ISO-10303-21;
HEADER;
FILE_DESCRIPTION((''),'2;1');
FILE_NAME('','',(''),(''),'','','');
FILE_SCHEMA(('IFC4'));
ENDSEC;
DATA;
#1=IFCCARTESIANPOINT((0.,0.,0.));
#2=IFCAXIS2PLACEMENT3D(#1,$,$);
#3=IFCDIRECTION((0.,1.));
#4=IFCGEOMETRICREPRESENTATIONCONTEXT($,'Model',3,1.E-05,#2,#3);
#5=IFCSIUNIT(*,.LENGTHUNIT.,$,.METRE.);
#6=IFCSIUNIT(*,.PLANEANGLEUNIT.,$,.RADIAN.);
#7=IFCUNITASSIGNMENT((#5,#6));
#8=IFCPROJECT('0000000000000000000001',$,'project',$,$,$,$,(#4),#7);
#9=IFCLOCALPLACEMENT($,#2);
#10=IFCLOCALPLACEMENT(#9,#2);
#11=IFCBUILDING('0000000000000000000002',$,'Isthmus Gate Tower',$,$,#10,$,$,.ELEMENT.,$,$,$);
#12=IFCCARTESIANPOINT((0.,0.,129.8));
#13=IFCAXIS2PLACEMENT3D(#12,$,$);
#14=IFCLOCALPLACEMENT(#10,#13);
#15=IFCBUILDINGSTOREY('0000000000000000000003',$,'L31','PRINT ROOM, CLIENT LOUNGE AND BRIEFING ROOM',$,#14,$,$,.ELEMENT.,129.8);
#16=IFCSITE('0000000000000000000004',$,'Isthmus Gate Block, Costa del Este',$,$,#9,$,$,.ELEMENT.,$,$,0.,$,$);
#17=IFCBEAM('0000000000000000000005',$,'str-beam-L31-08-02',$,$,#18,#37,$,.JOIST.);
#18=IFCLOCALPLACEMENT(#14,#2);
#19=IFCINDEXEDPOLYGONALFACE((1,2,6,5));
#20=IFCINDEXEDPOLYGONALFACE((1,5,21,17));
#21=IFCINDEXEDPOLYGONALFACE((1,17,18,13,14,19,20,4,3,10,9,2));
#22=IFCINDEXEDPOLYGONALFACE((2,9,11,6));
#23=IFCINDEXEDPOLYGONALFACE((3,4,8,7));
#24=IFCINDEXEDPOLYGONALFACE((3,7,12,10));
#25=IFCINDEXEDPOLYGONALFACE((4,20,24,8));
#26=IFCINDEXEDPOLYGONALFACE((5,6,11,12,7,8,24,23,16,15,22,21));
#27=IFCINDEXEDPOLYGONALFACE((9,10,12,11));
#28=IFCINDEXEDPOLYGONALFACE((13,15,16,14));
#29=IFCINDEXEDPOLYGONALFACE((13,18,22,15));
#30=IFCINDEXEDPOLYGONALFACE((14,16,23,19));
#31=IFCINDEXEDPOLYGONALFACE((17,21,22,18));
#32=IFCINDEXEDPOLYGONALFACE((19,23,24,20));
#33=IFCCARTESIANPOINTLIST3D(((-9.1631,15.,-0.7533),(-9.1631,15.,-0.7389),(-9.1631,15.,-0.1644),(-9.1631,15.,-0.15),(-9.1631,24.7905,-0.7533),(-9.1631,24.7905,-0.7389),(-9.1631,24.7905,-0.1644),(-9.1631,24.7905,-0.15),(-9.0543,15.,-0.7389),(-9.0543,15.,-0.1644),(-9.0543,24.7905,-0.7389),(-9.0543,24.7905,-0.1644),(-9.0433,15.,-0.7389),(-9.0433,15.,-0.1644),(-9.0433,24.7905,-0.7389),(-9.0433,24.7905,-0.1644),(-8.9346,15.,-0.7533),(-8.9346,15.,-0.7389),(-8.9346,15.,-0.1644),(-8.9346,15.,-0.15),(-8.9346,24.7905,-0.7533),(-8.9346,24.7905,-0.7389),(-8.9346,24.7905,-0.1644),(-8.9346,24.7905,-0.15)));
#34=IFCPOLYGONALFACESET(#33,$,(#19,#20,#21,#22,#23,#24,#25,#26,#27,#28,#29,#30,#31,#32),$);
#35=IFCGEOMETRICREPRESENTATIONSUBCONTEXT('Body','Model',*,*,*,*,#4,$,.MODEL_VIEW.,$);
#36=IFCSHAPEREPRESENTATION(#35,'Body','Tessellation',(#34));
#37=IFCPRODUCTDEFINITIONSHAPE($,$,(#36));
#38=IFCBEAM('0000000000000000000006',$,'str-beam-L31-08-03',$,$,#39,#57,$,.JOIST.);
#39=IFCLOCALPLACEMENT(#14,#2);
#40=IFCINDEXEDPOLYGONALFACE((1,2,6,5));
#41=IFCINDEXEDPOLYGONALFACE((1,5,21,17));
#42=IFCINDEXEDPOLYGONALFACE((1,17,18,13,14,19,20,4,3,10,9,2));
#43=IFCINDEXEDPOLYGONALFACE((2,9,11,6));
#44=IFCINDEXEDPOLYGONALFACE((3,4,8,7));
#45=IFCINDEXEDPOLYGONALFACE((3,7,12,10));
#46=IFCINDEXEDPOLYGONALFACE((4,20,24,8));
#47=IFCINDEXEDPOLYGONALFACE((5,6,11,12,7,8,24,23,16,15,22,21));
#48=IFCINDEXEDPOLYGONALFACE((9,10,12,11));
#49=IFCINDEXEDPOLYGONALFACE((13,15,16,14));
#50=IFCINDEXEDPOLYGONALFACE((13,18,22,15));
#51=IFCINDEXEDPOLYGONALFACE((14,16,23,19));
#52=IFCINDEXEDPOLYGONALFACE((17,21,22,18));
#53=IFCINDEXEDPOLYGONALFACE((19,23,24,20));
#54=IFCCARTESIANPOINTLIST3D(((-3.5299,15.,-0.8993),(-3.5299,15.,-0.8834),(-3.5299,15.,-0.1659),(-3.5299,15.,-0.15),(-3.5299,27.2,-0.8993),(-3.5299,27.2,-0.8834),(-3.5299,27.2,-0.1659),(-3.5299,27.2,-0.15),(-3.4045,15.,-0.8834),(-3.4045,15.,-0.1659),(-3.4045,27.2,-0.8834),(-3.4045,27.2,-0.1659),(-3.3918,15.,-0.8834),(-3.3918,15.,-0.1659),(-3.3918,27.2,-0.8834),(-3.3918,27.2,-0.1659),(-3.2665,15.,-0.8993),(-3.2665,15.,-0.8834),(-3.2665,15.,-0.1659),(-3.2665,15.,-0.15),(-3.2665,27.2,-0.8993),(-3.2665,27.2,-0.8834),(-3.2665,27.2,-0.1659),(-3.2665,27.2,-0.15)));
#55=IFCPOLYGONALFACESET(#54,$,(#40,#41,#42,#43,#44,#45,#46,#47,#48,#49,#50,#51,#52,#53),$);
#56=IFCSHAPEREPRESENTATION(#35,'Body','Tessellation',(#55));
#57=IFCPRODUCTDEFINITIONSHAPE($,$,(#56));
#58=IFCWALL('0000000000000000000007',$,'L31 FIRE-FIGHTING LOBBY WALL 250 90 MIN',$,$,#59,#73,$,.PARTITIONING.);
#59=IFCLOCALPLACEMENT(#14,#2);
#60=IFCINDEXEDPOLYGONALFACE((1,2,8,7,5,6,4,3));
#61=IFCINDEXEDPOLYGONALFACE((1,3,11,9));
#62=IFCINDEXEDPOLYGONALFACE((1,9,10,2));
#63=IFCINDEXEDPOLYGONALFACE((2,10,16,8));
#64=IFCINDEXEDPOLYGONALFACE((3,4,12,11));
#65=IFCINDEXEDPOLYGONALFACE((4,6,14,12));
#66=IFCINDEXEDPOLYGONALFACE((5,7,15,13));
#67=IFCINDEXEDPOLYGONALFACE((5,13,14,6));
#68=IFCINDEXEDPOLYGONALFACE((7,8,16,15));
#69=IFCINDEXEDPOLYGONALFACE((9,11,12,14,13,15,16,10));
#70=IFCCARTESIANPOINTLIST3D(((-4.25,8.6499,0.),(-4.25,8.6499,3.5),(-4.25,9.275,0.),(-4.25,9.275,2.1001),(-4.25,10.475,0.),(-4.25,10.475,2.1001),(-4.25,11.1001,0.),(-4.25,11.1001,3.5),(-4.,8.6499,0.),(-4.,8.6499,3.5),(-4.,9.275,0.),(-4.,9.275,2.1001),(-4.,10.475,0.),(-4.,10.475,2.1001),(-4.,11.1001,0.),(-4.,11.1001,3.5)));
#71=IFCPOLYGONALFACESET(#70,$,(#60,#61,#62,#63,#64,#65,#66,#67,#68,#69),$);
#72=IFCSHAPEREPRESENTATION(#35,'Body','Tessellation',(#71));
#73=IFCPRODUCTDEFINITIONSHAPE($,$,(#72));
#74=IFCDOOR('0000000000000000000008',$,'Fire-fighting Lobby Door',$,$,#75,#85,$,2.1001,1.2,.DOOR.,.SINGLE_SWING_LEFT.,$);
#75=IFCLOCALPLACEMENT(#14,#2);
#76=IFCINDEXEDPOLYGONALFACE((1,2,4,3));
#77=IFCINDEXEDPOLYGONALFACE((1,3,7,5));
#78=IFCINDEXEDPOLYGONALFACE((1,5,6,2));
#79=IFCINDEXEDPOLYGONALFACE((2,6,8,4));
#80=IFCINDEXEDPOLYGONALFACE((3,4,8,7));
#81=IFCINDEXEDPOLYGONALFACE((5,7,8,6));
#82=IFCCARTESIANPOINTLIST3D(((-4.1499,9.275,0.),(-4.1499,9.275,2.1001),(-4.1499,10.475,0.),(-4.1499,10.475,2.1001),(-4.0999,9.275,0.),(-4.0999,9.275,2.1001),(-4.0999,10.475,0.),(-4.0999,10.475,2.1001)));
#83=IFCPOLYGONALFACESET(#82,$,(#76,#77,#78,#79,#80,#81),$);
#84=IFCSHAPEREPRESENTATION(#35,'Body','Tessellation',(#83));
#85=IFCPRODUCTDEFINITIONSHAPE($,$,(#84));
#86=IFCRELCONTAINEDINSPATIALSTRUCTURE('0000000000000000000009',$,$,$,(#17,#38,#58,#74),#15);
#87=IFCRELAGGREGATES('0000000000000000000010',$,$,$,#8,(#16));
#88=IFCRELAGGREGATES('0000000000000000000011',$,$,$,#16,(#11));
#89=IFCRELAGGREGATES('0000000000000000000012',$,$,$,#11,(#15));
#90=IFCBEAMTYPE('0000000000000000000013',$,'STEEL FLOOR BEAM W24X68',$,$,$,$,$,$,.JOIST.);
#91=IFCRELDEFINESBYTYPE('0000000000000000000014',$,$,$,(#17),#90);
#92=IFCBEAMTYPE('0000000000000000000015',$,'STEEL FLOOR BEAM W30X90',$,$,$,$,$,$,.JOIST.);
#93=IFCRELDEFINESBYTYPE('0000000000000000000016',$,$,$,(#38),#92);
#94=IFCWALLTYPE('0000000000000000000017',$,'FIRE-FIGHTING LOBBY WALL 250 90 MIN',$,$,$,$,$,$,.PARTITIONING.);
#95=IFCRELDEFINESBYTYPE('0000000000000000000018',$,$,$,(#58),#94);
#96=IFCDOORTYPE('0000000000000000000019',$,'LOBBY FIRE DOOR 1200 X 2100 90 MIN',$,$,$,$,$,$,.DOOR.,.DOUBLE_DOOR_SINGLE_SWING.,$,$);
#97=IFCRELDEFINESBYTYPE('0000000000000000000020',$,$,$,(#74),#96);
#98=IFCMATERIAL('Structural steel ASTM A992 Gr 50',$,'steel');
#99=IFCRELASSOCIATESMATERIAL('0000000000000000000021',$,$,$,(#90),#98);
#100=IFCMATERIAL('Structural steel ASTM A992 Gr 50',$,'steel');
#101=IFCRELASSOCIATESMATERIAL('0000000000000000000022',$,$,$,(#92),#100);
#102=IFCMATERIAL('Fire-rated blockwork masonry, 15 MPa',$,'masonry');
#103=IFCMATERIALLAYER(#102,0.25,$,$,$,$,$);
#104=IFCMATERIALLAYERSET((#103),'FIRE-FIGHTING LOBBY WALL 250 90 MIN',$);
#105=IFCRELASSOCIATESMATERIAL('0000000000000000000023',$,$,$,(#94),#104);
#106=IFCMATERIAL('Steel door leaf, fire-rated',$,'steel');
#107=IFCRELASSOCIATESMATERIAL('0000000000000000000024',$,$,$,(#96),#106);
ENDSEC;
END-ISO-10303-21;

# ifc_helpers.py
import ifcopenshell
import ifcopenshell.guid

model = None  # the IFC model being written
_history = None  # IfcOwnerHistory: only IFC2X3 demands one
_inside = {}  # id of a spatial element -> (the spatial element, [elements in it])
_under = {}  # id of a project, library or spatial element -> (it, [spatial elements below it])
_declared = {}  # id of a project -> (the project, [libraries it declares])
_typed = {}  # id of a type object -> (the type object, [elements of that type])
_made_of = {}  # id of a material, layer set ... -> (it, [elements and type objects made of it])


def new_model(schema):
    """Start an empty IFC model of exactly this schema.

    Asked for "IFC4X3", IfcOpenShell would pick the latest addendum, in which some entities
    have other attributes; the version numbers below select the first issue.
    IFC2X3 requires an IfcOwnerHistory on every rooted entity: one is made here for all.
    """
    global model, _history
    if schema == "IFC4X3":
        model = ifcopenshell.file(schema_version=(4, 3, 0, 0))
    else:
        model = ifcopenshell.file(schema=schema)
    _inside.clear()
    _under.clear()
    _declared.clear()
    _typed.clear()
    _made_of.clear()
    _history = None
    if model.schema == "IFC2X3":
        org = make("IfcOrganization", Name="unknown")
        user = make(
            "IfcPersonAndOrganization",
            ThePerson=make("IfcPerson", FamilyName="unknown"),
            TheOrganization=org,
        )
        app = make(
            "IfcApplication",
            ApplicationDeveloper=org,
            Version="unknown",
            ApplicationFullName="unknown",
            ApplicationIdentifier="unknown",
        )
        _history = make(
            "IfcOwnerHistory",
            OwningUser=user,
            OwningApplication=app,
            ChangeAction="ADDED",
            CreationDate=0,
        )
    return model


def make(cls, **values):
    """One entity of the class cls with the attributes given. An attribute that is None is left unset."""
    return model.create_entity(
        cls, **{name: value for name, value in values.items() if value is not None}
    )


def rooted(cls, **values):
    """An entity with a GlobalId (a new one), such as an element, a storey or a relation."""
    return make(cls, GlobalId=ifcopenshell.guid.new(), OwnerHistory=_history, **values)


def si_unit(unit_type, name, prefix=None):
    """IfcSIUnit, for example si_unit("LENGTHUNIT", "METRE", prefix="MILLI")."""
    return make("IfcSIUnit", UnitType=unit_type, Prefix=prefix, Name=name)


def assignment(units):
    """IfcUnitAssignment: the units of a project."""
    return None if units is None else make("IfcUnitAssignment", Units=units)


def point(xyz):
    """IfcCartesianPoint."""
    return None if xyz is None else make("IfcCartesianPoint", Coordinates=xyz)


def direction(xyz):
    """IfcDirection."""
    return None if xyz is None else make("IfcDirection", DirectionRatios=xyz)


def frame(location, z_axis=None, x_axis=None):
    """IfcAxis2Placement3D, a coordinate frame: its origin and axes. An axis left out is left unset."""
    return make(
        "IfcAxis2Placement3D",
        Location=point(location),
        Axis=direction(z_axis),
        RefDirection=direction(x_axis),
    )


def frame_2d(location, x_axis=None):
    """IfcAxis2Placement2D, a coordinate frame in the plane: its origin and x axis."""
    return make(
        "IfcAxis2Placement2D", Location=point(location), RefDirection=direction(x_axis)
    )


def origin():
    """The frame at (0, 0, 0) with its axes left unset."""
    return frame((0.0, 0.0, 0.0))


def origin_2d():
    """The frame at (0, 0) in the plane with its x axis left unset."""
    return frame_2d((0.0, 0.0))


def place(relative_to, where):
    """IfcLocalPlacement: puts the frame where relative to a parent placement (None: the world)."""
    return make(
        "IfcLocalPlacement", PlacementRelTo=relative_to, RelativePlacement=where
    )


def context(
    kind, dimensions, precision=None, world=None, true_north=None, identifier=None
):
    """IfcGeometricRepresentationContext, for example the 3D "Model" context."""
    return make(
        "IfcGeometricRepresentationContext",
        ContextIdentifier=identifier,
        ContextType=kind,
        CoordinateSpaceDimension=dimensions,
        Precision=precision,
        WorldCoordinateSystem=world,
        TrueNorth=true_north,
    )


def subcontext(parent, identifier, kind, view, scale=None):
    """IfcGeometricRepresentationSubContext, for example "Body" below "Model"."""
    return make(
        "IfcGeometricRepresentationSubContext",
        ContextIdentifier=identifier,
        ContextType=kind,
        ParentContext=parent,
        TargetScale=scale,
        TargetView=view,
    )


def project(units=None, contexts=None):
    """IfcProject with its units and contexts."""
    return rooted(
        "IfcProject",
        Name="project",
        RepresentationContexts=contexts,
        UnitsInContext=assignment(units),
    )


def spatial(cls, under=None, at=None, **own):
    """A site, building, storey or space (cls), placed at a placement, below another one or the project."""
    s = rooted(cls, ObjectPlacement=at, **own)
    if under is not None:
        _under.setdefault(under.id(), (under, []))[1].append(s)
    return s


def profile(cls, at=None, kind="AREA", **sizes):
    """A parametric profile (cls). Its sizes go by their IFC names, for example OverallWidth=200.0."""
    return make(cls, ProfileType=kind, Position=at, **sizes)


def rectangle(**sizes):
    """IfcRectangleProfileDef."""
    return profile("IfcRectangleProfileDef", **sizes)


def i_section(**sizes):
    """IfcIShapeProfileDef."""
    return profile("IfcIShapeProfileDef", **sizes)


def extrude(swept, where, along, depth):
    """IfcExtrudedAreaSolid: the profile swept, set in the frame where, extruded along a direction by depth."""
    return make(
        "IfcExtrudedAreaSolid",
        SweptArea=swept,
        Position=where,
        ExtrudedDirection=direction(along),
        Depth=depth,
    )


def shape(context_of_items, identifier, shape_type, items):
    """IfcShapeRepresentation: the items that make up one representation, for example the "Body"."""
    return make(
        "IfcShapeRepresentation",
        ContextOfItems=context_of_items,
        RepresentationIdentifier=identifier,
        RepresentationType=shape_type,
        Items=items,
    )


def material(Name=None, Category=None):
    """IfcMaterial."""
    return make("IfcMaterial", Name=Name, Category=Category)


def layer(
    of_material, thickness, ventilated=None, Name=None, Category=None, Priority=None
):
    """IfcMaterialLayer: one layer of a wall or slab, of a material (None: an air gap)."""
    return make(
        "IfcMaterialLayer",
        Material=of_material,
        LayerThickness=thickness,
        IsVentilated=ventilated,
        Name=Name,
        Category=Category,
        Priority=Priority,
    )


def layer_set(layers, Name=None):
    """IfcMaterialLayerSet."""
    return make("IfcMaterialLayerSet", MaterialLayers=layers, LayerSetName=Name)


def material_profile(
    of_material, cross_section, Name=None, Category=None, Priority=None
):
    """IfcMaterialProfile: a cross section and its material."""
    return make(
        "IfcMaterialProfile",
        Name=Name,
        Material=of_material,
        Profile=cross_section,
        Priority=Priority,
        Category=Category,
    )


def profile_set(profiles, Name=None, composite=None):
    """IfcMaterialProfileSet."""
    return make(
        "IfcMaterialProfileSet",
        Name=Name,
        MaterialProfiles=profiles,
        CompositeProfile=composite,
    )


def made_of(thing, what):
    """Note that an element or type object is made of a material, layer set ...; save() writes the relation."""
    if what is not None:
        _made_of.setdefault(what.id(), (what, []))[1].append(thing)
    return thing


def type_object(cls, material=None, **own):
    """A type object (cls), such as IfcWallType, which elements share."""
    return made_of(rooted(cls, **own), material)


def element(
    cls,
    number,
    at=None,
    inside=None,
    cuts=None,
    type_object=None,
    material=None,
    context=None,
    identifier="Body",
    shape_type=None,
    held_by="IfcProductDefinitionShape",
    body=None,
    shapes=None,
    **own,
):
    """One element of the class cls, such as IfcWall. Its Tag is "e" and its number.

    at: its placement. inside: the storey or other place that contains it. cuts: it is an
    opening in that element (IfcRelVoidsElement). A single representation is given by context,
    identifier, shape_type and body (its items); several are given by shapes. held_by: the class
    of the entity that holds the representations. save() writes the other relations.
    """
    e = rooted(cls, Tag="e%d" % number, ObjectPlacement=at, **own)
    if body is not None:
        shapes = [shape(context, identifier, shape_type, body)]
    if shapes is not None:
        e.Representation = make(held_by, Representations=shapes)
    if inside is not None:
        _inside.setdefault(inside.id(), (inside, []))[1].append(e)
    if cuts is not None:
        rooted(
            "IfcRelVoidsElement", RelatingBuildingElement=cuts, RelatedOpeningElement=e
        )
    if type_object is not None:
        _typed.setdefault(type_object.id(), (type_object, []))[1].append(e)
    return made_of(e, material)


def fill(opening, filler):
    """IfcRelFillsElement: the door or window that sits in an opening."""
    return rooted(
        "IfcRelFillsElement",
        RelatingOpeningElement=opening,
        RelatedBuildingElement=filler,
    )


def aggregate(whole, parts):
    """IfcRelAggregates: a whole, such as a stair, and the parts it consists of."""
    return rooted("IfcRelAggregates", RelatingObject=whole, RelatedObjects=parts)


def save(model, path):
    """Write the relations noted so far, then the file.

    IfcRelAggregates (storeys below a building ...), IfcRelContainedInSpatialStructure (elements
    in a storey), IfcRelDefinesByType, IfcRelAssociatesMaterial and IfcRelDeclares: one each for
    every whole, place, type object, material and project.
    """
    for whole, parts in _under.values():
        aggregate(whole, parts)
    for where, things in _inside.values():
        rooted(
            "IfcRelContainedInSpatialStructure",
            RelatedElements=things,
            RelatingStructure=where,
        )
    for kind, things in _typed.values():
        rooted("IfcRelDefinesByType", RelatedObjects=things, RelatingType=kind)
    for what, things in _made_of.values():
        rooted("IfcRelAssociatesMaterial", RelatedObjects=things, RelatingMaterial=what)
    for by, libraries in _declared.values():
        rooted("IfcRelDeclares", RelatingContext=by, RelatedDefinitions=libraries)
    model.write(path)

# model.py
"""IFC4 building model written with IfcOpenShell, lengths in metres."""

from ifc_helpers import new_model, si_unit, direction, frame, frame_2d, origin, origin_2d, place, context, subcontext, project, spatial, rectangle, i_section, extrude, material, layer, layer_set, material_profile, profile_set, type_object, element, fill, save


model = new_model("IFC4")

# Units and contexts
model_context = context("Model", 3, precision=1e-05, world=origin(), true_north=direction((0.0, 1.0)))
body_context = subcontext(model_context, "Body", "Model", "MODEL_VIEW")
ifc_project = project(units=[si_unit("LENGTHUNIT", "METRE"), si_unit("PLANEANGLEUNIT", "RADIAN")], contexts=[model_context])

# Site, building, storey
site_placement = place(None, origin())
site = spatial("IfcSite", under=ifc_project, at=site_placement, Name="Isthmus Gate Block, Costa del Este", CompositionType="ELEMENT", RefElevation=0.0)
building_placement = place(site_placement, origin())
building = spatial("IfcBuilding", under=site, at=building_placement, Name="Isthmus Gate Tower", CompositionType="ELEMENT")
storey_placement = place(building_placement, frame((0.0, 0.0, 129.8)))
storey = spatial("IfcBuildingStorey", under=building, at=storey_placement, Name="L31", Description="PRINT ROOM, CLIENT LOUNGE AND BRIEFING ROOM", CompositionType="ELEMENT", Elevation=129.8)

# Beams
ifc_material_1 = material(Name="Structural steel ASTM A992 Gr 50", Category="steel")
ifc_material_profile_1 = material_profile(ifc_material_1, i_section(OverallWidth=0.2285, OverallDepth=0.6033, WebThickness=0.011, FlangeThickness=0.0144, at=origin_2d()), Name="W24X68")
ifc_profile_set_1 = profile_set([ifc_material_profile_1], Name="Structural steel ASTM A992 Gr 50")
beam_type_1 = type_object("IfcBeamType", Name="STEEL FLOOR BEAM W24X68", PredefinedType="JOIST", material=ifc_profile_set_1)
beam_1_placement = place(storey_placement, frame((-9.0488, 15.0, -0.4517), z_axis=(0.0, 1.0, 0.0), x_axis=(-1.0, 0.0, 0.0)))
element("IfcBeam", 1, at=beam_1_placement, inside=storey, type_object=beam_type_1, Name="str-beam-L31-08-02", PredefinedType="JOIST", context=body_context, shape_type="SweptSolid", body=[
    extrude(i_section(OverallWidth=0.2285, OverallDepth=0.6033, WebThickness=0.011, FlangeThickness=0.0144, at=origin_2d()), origin(), (0.0, 0.0, 1.0), 9.7905),
])
ifc_material_2 = material(Name="Structural steel ASTM A992 Gr 50", Category="steel")
ifc_material_profile_2 = material_profile(ifc_material_2, i_section(OverallWidth=0.2634, OverallDepth=0.7493, WebThickness=0.0127, FlangeThickness=0.0159, at=origin_2d()), Name="W30X90")
ifc_profile_set_2 = profile_set([ifc_material_profile_2], Name="Structural steel ASTM A992 Gr 50")
beam_type_2 = type_object("IfcBeamType", Name="STEEL FLOOR BEAM W30X90", PredefinedType="JOIST", material=ifc_profile_set_2)
beam_2_placement = place(storey_placement, frame((-3.3982, 15.0, -0.5247), z_axis=(0.0, 1.0, 0.0), x_axis=(-1.0, 0.0, 0.0)))
element("IfcBeam", 2, at=beam_2_placement, inside=storey, type_object=beam_type_2, Name="str-beam-L31-08-03", PredefinedType="JOIST", context=body_context, shape_type="SweptSolid", body=[
    extrude(i_section(OverallWidth=0.2634, OverallDepth=0.7493, WebThickness=0.0127, FlangeThickness=0.0159, at=origin_2d()), origin(), (0.0, 0.0, 1.0), 12.2),
])

# Wall, opening, door
ifc_material_3 = material(Name="Fire-rated blockwork masonry, 15 MPa", Category="masonry")
ifc_layer_1 = layer(ifc_material_3, 0.25)
ifc_layer_set_1 = layer_set([ifc_layer_1], Name="FIRE-FIGHTING LOBBY WALL 250 90 MIN")
wall_type_1 = type_object("IfcWallType", Name="FIRE-FIGHTING LOBBY WALL 250 90 MIN", PredefinedType="PARTITIONING", material=ifc_layer_set_1)
wall_1_placement = place(storey_placement, frame((-4.125, 8.6499, 0.0), z_axis=(0.0, 0.0, 1.0), x_axis=(0.0, 1.0, 0.0)))
wall_1 = element("IfcWall", 3, at=wall_1_placement, inside=storey, type_object=wall_type_1, Name="L31 FIRE-FIGHTING LOBBY WALL 250 90 MIN", PredefinedType="PARTITIONING", context=body_context, shape_type="SweptSolid", body=[
    extrude(rectangle(XDim=2.4502, YDim=0.25, at=frame_2d((1.2251, 0.0))), origin(), (0.0, 0.0, 1.0), 3.5),
])
opening_1_placement = place(wall_1_placement, frame((0.625, 0.0, 0.0)))
opening_1 = element("IfcOpeningElement", 4, at=opening_1_placement, cuts=wall_1, PredefinedType="OPENING", context=body_context, shape_type="SweptSolid", body=[
    extrude(rectangle(XDim=1.2, YDim=2.1001, at=frame_2d((0.6001, 1.05))), frame((0.0, 0.135, 0.0), z_axis=(0.0, -1.0, 0.0), x_axis=(1.0, 0.0, 0.0)), (0.0, 0.0, 1.0), 0.27),
])
ifc_material_4 = material(Name="Steel door leaf, fire-rated", Category="steel")
door_type_1 = type_object("IfcDoorType", Name="LOBBY FIRE DOOR 1200 X 2100 90 MIN", OperationType="DOUBLE_DOOR_SINGLE_SWING", PredefinedType="DOOR", material=ifc_material_4)
door_1_placement = place(opening_1_placement, origin())
door_1 = element("IfcDoor", 5, at=door_1_placement, inside=storey, type_object=door_type_1, Name="Fire-fighting Lobby Door", OperationType="SINGLE_SWING_LEFT", OverallHeight=2.1001, OverallWidth=1.2, PredefinedType="DOOR", context=body_context, shape_type="SweptSolid", body=[
    extrude(rectangle(XDim=1.2, YDim=2.1001, at=frame_2d((0.6001, 1.05))), frame((0.0, 0.0249, 0.0), z_axis=(0.0, -1.0, 0.0), x_axis=(1.0, 0.0, 0.0)), (0.0, 0.0, 1.0), 0.05),
])
fill(opening_1, door_1)

save(model, "model.ifc")
